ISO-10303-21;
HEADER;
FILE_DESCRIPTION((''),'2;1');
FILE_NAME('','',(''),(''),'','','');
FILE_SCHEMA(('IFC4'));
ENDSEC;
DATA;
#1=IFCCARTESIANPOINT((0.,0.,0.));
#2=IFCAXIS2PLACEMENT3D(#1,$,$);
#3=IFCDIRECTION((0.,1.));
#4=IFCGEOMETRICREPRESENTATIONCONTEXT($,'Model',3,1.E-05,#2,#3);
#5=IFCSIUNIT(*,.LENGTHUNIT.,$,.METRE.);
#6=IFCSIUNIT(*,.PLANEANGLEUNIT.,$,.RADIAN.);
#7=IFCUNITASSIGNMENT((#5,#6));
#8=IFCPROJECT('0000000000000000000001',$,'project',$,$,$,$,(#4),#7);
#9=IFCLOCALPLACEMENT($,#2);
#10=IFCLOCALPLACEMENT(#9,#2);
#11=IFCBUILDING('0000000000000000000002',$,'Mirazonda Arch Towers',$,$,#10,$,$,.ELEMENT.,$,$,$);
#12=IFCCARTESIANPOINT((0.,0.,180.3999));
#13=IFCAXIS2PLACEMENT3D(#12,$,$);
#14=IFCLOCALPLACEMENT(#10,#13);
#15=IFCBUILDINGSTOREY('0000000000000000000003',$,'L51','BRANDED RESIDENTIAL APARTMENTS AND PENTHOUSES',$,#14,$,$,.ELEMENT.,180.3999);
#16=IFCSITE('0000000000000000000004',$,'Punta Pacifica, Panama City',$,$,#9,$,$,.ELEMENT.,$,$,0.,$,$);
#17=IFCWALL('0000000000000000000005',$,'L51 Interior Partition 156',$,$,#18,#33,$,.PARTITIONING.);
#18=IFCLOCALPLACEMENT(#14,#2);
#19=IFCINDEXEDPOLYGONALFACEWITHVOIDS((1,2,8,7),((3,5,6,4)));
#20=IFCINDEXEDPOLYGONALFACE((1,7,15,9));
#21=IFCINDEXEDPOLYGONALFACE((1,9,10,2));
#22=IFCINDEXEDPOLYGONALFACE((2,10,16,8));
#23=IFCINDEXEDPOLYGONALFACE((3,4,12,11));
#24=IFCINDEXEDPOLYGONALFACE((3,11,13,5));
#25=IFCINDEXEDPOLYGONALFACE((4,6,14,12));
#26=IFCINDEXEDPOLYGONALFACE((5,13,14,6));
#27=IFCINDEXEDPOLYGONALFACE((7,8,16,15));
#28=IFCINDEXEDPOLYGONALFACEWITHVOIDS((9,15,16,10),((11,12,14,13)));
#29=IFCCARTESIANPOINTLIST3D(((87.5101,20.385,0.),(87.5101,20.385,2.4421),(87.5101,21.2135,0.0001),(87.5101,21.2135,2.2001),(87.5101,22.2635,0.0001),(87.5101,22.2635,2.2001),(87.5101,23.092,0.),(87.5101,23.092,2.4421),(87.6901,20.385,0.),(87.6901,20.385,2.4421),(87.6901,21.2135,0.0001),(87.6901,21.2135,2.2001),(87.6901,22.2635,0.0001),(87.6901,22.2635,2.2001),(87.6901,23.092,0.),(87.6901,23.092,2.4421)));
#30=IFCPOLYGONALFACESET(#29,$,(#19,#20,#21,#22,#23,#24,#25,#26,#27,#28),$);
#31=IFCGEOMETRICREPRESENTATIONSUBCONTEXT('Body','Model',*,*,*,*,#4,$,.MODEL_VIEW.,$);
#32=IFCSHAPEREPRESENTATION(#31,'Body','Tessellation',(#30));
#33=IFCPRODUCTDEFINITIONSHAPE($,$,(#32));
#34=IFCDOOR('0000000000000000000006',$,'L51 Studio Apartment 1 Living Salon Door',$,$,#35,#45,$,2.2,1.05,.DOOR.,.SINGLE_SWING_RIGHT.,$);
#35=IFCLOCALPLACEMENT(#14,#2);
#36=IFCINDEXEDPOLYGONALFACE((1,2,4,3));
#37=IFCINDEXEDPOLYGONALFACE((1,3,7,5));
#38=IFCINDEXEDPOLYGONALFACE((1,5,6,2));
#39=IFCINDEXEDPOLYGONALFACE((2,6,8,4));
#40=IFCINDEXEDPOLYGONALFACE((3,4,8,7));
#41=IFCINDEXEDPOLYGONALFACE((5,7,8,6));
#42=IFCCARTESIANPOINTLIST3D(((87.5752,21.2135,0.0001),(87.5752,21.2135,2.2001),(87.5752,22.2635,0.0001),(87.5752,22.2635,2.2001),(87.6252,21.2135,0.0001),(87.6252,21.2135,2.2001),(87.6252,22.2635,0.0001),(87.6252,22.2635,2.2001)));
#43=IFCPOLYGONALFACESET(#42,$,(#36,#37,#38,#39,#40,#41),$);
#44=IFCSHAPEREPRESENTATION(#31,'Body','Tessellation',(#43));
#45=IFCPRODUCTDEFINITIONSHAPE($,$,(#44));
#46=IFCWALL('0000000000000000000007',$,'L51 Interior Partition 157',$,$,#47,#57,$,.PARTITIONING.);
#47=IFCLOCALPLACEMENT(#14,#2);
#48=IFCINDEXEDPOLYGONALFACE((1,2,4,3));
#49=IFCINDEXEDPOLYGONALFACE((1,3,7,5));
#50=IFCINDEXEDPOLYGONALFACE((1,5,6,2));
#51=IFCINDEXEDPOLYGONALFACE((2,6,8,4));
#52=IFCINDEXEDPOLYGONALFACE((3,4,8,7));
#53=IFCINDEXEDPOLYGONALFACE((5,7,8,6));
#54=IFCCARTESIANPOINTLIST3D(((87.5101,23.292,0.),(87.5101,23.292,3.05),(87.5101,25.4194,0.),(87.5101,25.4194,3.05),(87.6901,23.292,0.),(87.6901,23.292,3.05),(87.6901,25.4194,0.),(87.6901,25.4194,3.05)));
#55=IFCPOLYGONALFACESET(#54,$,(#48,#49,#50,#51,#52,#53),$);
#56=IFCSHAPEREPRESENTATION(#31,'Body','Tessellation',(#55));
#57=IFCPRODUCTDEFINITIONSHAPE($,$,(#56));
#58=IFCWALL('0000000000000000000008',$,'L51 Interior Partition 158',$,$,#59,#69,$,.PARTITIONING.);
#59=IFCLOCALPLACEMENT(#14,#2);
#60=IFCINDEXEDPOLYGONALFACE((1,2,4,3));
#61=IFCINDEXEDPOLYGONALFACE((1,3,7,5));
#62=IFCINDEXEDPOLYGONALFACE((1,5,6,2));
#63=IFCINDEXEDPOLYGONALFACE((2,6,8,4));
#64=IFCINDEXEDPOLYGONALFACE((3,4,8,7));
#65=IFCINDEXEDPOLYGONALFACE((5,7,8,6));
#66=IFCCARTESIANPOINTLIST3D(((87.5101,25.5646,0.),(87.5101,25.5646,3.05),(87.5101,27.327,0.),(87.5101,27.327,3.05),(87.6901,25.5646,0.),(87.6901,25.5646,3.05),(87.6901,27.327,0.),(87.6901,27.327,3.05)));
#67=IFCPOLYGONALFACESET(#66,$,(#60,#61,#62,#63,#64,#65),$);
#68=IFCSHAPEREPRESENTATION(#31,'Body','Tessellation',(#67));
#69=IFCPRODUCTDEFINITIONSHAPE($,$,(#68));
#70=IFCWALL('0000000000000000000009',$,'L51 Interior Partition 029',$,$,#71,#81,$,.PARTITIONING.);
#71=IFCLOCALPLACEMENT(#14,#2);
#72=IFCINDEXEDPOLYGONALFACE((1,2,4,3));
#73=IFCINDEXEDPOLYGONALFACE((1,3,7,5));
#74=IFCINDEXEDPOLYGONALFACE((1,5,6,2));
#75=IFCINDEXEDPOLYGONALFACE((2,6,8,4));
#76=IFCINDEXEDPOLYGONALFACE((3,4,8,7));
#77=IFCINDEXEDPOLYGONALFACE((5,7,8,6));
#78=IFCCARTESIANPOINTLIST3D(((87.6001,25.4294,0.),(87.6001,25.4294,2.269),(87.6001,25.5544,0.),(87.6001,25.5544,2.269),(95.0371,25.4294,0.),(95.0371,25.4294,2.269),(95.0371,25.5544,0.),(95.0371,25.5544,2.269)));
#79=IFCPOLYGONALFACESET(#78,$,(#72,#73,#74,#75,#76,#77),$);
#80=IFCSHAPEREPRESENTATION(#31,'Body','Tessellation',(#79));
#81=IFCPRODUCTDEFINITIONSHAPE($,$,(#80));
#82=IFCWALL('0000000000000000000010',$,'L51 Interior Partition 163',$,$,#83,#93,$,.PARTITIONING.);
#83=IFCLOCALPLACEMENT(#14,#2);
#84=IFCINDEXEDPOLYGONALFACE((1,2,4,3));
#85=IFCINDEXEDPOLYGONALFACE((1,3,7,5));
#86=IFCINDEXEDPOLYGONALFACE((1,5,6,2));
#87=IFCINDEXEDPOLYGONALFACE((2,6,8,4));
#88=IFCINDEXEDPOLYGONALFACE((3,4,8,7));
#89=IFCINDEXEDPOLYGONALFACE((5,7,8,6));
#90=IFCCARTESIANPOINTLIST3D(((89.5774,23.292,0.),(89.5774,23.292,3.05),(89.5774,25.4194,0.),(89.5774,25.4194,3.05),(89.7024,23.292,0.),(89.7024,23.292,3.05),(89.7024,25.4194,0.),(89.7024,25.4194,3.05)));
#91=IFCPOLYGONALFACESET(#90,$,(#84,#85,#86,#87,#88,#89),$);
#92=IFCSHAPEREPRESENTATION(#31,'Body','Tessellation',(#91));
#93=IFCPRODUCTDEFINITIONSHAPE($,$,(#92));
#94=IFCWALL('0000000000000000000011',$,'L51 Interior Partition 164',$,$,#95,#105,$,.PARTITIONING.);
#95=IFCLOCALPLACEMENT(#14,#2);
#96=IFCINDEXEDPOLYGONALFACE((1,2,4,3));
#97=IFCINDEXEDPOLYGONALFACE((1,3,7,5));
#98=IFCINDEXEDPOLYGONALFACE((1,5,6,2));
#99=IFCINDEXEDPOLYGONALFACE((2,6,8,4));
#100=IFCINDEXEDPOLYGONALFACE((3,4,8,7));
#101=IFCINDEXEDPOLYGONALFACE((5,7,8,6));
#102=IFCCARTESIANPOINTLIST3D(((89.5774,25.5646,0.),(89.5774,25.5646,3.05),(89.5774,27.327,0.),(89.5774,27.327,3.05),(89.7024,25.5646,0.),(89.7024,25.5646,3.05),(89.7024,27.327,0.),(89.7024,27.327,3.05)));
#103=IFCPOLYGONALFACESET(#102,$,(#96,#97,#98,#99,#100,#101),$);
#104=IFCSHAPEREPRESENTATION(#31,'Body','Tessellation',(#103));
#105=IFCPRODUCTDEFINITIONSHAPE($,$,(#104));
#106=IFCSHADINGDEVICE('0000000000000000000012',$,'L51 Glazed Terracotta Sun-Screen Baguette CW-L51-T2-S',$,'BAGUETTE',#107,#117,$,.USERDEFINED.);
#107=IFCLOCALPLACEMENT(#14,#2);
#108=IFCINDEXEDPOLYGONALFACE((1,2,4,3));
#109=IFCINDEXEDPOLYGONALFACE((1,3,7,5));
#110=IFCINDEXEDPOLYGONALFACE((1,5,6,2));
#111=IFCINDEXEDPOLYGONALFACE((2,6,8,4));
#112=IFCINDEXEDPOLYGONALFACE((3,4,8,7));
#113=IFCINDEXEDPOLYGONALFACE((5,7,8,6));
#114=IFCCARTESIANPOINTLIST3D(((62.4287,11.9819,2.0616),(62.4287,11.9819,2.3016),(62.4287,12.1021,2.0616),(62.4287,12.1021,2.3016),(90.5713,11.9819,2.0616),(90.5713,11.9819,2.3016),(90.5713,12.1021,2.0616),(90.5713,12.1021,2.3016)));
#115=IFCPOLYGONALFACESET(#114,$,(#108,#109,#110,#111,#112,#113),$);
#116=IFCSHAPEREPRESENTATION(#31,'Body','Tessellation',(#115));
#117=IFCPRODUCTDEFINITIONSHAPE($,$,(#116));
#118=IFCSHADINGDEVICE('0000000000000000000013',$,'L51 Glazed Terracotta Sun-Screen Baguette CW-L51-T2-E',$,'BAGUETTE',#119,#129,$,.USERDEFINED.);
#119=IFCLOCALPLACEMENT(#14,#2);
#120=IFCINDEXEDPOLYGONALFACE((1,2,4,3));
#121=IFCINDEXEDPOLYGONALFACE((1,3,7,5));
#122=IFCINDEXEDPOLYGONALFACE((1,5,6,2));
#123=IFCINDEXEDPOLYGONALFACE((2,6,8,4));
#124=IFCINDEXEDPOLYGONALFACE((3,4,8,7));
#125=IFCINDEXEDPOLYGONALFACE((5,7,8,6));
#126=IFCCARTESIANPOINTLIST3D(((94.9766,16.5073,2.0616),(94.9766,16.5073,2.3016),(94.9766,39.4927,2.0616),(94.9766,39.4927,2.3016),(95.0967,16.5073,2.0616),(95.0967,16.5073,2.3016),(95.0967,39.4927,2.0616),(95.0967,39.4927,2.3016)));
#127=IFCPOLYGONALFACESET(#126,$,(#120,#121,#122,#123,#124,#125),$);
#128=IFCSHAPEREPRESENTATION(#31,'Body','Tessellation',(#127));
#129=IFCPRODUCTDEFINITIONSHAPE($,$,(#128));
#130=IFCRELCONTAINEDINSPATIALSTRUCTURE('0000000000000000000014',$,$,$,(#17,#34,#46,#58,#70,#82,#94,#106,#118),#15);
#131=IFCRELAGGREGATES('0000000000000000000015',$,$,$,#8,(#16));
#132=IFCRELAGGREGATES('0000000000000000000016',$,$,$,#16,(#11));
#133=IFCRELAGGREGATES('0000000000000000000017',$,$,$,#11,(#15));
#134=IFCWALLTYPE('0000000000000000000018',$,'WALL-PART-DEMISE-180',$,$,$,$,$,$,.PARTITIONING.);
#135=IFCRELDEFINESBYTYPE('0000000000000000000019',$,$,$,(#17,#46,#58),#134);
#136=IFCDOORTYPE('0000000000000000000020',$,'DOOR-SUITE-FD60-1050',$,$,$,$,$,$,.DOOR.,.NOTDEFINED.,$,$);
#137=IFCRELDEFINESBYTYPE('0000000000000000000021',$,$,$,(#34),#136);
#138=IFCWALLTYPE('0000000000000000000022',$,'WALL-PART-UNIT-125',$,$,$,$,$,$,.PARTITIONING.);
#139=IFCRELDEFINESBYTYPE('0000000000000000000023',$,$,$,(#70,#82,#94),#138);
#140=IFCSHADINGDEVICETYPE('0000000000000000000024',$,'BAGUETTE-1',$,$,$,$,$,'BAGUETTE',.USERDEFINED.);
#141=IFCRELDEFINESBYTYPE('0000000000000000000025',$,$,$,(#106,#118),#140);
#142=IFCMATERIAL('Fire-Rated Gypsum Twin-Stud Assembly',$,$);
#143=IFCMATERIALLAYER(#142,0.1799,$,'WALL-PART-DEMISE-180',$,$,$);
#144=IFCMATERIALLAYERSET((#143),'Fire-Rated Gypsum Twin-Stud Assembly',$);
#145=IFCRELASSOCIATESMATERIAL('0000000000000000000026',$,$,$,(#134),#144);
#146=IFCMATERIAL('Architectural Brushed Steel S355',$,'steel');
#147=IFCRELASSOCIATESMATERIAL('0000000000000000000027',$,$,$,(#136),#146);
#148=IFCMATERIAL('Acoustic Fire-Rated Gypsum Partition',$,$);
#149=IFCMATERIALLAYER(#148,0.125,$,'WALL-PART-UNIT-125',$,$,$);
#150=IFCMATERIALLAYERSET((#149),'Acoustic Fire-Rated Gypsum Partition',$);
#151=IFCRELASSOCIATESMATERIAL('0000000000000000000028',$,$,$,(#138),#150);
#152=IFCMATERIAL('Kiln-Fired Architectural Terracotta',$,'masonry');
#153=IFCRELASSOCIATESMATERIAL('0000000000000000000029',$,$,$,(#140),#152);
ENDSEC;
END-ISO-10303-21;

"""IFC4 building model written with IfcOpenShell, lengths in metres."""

from ifc_helpers import new_model, si_unit, direction, frame, frame_2d, origin, origin_2d, place, context, subcontext, project, spatial, rectangle, extrude, material, layer, layer_set, material_profile, profile_set, type_object, element, fill, save


model = new_model("IFC4")

# Units and contexts
model_context = context("Model", 3, precision=1e-05, world=origin(), true_north=direction((0.0, 1.0)))
body_context = subcontext(model_context, "Body", "Model", "MODEL_VIEW")
ifc_project = project(units=[si_unit("LENGTHUNIT", "METRE"), si_unit("PLANEANGLEUNIT", "RADIAN")], contexts=[model_context])

# Site, building, storey
site_placement = place(None, origin())
site = spatial("IfcSite", under=ifc_project, at=site_placement, Name="Punta Pacifica, Panama City", CompositionType="ELEMENT", RefElevation=0.0)
building_placement = place(site_placement, origin())
building = spatial("IfcBuilding", under=site, at=building_placement, Name="Mirazonda Arch Towers", CompositionType="ELEMENT")
storey_placement = place(building_placement, frame((0.0, 0.0, 180.3999)))
storey = spatial("IfcBuildingStorey", under=building, at=storey_placement, Name="L51", Description="BRANDED RESIDENTIAL APARTMENTS AND PENTHOUSES", CompositionType="ELEMENT", Elevation=180.3999)

# Shared definitions
ifc_material_1 = material(Name="Fire-Rated Gypsum Twin-Stud Assembly")
ifc_layer_1 = layer(ifc_material_1, 0.1799, Name="WALL-PART-DEMISE-180")
ifc_layer_set_1 = layer_set([ifc_layer_1], Name="Fire-Rated Gypsum Twin-Stud Assembly")
wall_type_1 = type_object("IfcWallType", Name="WALL-PART-DEMISE-180", PredefinedType="PARTITIONING", material=ifc_layer_set_1)

# Shared definitions
ifc_material_2 = material(Name="Architectural Brushed Steel S355", Category="steel")

# Wall, opening, door
wall_1_placement = place(storey_placement, frame((87.6001, 20.385, 0.0), z_axis=(0.0, 0.0, 1.0), x_axis=(0.0, 1.0, 0.0)))
wall_1 = element("IfcWall", 1, at=wall_1_placement, inside=storey, type_object=wall_type_1, Name="L51 Interior Partition 156", PredefinedType="PARTITIONING", context=body_context, shape_type="SweptSolid", body=[
    extrude(rectangle(XDim=2.707, YDim=0.1799, at=frame_2d((1.3535, 0.0))), origin(), (0.0, 0.0, 1.0), 2.4421),
])
opening_1_placement = place(wall_1_placement, frame((0.8286, 0.0, 0.0)))
opening_1 = element("IfcOpeningElement", 2, at=opening_1_placement, cuts=wall_1, PredefinedType="OPENING", context=body_context, shape_type="SweptSolid", body=[
    extrude(rectangle(XDim=1.05, YDim=2.2, at=frame_2d((0.5249, 1.1001))), frame((0.0, 0.0999, 0.0), z_axis=(0.0, -1.0, 0.0), x_axis=(1.0, 0.0, 0.0)), (0.0, 0.0, 1.0), 0.2),
])
door_type_1 = type_object("IfcDoorType", Name="DOOR-SUITE-FD60-1050", OperationType="NOTDEFINED", PredefinedType="DOOR", material=ifc_material_2)
door_1_placement = place(opening_1_placement, origin())
door_1 = element("IfcDoor", 3, at=door_1_placement, inside=storey, type_object=door_type_1, Name="L51 Studio Apartment 1 Living Salon Door", OperationType="SINGLE_SWING_RIGHT", OverallHeight=2.2, OverallWidth=1.05, PredefinedType="DOOR", context=body_context, shape_type="SweptSolid", body=[
    extrude(rectangle(XDim=1.05, YDim=2.2, at=frame_2d((0.5249, 1.1001))), frame((0.0, 0.0249, 0.0), z_axis=(0.0, -1.0, 0.0), x_axis=(1.0, 0.0, 0.0)), (0.0, 0.0, 1.0), 0.05),
])
fill(opening_1, door_1)

# Walls
wall_2_placement = place(storey_placement, frame((87.6001, 23.292, 0.0), z_axis=(0.0, 0.0, 1.0), x_axis=(0.0, 1.0, 0.0)))
element("IfcWall", 4, at=wall_2_placement, inside=storey, type_object=wall_type_1, Name="L51 Interior Partition 157", PredefinedType="PARTITIONING", context=body_context, shape_type="SweptSolid", body=[
    extrude(rectangle(XDim=2.1274, YDim=0.1799, at=frame_2d((1.0637, 0.0))), origin(), (0.0, 0.0, 1.0), 3.05),
])
wall_3_placement = place(storey_placement, frame((87.6001, 25.5645, 0.0), z_axis=(0.0, 0.0, 1.0), x_axis=(0.0, 1.0, 0.0)))
element("IfcWall", 5, at=wall_3_placement, inside=storey, type_object=wall_type_1, Name="L51 Interior Partition 158", PredefinedType="PARTITIONING", context=body_context, shape_type="SweptSolid", body=[
    extrude(rectangle(XDim=1.7625, YDim=0.1799, at=frame_2d((0.8813, 0.0))), origin(), (0.0, 0.0, 1.0), 3.05),
])
ifc_material_3 = material(Name="Acoustic Fire-Rated Gypsum Partition")
ifc_layer_2 = layer(ifc_material_3, 0.125, Name="WALL-PART-UNIT-125")
ifc_layer_set_2 = layer_set([ifc_layer_2], Name="Acoustic Fire-Rated Gypsum Partition")
wall_type_2 = type_object("IfcWallType", Name="WALL-PART-UNIT-125", PredefinedType="PARTITIONING", material=ifc_layer_set_2)
wall_4_placement = place(storey_placement, frame((87.6001, 25.4919, 0.0), z_axis=(0.0, 0.0, 1.0), x_axis=(1.0, 0.0, 0.0)))
element("IfcWall", 6, at=wall_4_placement, inside=storey, type_object=wall_type_2, Name="L51 Interior Partition 029", PredefinedType="PARTITIONING", context=body_context, shape_type="SweptSolid", body=[
    extrude(rectangle(XDim=7.437, YDim=0.125, at=frame_2d((3.7185, 0.0))), origin(), (0.0, 0.0, 1.0), 2.269),
])
wall_5_placement = place(storey_placement, frame((89.6399, 23.292, 0.0), z_axis=(0.0, 0.0, 1.0), x_axis=(0.0, 1.0, 0.0)))
element("IfcWall", 7, at=wall_5_placement, inside=storey, type_object=wall_type_2, Name="L51 Interior Partition 163", PredefinedType="PARTITIONING", context=body_context, shape_type="SweptSolid", body=[
    extrude(rectangle(XDim=2.1274, YDim=0.125, at=frame_2d((1.0637, 0.0))), origin(), (0.0, 0.0, 1.0), 3.05),
])
wall_6_placement = place(storey_placement, frame((89.6399, 25.5645, 0.0), z_axis=(0.0, 0.0, 1.0), x_axis=(0.0, 1.0, 0.0)))
element("IfcWall", 8, at=wall_6_placement, inside=storey, type_object=wall_type_2, Name="L51 Interior Partition 164", PredefinedType="PARTITIONING", context=body_context, shape_type="SweptSolid", body=[
    extrude(rectangle(XDim=1.7625, YDim=0.125, at=frame_2d((0.8813, 0.0))), origin(), (0.0, 0.0, 1.0), 3.05),
])

# Shading devices
ifc_material_4 = material(Name="Kiln-Fired Architectural Terracotta", Category="masonry")
ifc_material_profile_1 = material_profile(ifc_material_4, rectangle(XDim=0.1201, YDim=0.24, at=origin_2d()), Name="TERRA-BAG-120x240")
ifc_profile_set_1 = profile_set([ifc_material_profile_1], Name="Kiln-Fired Architectural Terracotta")
shading_device_type = type_object("IfcShadingDeviceType", Name="BAGUETTE-1", ElementType="BAGUETTE", PredefinedType="USERDEFINED", material=ifc_profile_set_1)
shading_device_1_placement = place(storey_placement, frame((90.5713, 12.042, 2.1816), z_axis=(-1.0, 0.0, 0.0), x_axis=(0.0, -1.0, 0.0)))
element("IfcShadingDevice", 9, at=shading_device_1_placement, inside=storey, type_object=shading_device_type, Name="L51 Glazed Terracotta Sun-Screen Baguette CW-L51-T2-S", ObjectType="BAGUETTE", PredefinedType="USERDEFINED", context=body_context, shape_type="SweptSolid", body=[
    extrude(rectangle(XDim=0.1201, YDim=0.24, at=origin_2d()), origin(), (0.0, 0.0, 1.0), 28.1426),
])
shading_device_2_placement = place(storey_placement, frame((95.0366, 16.5073, 2.1816), z_axis=(0.0, 1.0, 0.0), x_axis=(-1.0, 0.0, 0.0)))
element("IfcShadingDevice", 10, at=shading_device_2_placement, inside=storey, type_object=shading_device_type, Name="L51 Glazed Terracotta Sun-Screen Baguette CW-L51-T2-E", ObjectType="BAGUETTE", PredefinedType="USERDEFINED", context=body_context, shape_type="SweptSolid", body=[
    extrude(rectangle(XDim=0.1201, YDim=0.24, at=origin_2d()), origin(), (0.0, 0.0, 1.0), 22.9854),
])

save(model, "model.ifc")
